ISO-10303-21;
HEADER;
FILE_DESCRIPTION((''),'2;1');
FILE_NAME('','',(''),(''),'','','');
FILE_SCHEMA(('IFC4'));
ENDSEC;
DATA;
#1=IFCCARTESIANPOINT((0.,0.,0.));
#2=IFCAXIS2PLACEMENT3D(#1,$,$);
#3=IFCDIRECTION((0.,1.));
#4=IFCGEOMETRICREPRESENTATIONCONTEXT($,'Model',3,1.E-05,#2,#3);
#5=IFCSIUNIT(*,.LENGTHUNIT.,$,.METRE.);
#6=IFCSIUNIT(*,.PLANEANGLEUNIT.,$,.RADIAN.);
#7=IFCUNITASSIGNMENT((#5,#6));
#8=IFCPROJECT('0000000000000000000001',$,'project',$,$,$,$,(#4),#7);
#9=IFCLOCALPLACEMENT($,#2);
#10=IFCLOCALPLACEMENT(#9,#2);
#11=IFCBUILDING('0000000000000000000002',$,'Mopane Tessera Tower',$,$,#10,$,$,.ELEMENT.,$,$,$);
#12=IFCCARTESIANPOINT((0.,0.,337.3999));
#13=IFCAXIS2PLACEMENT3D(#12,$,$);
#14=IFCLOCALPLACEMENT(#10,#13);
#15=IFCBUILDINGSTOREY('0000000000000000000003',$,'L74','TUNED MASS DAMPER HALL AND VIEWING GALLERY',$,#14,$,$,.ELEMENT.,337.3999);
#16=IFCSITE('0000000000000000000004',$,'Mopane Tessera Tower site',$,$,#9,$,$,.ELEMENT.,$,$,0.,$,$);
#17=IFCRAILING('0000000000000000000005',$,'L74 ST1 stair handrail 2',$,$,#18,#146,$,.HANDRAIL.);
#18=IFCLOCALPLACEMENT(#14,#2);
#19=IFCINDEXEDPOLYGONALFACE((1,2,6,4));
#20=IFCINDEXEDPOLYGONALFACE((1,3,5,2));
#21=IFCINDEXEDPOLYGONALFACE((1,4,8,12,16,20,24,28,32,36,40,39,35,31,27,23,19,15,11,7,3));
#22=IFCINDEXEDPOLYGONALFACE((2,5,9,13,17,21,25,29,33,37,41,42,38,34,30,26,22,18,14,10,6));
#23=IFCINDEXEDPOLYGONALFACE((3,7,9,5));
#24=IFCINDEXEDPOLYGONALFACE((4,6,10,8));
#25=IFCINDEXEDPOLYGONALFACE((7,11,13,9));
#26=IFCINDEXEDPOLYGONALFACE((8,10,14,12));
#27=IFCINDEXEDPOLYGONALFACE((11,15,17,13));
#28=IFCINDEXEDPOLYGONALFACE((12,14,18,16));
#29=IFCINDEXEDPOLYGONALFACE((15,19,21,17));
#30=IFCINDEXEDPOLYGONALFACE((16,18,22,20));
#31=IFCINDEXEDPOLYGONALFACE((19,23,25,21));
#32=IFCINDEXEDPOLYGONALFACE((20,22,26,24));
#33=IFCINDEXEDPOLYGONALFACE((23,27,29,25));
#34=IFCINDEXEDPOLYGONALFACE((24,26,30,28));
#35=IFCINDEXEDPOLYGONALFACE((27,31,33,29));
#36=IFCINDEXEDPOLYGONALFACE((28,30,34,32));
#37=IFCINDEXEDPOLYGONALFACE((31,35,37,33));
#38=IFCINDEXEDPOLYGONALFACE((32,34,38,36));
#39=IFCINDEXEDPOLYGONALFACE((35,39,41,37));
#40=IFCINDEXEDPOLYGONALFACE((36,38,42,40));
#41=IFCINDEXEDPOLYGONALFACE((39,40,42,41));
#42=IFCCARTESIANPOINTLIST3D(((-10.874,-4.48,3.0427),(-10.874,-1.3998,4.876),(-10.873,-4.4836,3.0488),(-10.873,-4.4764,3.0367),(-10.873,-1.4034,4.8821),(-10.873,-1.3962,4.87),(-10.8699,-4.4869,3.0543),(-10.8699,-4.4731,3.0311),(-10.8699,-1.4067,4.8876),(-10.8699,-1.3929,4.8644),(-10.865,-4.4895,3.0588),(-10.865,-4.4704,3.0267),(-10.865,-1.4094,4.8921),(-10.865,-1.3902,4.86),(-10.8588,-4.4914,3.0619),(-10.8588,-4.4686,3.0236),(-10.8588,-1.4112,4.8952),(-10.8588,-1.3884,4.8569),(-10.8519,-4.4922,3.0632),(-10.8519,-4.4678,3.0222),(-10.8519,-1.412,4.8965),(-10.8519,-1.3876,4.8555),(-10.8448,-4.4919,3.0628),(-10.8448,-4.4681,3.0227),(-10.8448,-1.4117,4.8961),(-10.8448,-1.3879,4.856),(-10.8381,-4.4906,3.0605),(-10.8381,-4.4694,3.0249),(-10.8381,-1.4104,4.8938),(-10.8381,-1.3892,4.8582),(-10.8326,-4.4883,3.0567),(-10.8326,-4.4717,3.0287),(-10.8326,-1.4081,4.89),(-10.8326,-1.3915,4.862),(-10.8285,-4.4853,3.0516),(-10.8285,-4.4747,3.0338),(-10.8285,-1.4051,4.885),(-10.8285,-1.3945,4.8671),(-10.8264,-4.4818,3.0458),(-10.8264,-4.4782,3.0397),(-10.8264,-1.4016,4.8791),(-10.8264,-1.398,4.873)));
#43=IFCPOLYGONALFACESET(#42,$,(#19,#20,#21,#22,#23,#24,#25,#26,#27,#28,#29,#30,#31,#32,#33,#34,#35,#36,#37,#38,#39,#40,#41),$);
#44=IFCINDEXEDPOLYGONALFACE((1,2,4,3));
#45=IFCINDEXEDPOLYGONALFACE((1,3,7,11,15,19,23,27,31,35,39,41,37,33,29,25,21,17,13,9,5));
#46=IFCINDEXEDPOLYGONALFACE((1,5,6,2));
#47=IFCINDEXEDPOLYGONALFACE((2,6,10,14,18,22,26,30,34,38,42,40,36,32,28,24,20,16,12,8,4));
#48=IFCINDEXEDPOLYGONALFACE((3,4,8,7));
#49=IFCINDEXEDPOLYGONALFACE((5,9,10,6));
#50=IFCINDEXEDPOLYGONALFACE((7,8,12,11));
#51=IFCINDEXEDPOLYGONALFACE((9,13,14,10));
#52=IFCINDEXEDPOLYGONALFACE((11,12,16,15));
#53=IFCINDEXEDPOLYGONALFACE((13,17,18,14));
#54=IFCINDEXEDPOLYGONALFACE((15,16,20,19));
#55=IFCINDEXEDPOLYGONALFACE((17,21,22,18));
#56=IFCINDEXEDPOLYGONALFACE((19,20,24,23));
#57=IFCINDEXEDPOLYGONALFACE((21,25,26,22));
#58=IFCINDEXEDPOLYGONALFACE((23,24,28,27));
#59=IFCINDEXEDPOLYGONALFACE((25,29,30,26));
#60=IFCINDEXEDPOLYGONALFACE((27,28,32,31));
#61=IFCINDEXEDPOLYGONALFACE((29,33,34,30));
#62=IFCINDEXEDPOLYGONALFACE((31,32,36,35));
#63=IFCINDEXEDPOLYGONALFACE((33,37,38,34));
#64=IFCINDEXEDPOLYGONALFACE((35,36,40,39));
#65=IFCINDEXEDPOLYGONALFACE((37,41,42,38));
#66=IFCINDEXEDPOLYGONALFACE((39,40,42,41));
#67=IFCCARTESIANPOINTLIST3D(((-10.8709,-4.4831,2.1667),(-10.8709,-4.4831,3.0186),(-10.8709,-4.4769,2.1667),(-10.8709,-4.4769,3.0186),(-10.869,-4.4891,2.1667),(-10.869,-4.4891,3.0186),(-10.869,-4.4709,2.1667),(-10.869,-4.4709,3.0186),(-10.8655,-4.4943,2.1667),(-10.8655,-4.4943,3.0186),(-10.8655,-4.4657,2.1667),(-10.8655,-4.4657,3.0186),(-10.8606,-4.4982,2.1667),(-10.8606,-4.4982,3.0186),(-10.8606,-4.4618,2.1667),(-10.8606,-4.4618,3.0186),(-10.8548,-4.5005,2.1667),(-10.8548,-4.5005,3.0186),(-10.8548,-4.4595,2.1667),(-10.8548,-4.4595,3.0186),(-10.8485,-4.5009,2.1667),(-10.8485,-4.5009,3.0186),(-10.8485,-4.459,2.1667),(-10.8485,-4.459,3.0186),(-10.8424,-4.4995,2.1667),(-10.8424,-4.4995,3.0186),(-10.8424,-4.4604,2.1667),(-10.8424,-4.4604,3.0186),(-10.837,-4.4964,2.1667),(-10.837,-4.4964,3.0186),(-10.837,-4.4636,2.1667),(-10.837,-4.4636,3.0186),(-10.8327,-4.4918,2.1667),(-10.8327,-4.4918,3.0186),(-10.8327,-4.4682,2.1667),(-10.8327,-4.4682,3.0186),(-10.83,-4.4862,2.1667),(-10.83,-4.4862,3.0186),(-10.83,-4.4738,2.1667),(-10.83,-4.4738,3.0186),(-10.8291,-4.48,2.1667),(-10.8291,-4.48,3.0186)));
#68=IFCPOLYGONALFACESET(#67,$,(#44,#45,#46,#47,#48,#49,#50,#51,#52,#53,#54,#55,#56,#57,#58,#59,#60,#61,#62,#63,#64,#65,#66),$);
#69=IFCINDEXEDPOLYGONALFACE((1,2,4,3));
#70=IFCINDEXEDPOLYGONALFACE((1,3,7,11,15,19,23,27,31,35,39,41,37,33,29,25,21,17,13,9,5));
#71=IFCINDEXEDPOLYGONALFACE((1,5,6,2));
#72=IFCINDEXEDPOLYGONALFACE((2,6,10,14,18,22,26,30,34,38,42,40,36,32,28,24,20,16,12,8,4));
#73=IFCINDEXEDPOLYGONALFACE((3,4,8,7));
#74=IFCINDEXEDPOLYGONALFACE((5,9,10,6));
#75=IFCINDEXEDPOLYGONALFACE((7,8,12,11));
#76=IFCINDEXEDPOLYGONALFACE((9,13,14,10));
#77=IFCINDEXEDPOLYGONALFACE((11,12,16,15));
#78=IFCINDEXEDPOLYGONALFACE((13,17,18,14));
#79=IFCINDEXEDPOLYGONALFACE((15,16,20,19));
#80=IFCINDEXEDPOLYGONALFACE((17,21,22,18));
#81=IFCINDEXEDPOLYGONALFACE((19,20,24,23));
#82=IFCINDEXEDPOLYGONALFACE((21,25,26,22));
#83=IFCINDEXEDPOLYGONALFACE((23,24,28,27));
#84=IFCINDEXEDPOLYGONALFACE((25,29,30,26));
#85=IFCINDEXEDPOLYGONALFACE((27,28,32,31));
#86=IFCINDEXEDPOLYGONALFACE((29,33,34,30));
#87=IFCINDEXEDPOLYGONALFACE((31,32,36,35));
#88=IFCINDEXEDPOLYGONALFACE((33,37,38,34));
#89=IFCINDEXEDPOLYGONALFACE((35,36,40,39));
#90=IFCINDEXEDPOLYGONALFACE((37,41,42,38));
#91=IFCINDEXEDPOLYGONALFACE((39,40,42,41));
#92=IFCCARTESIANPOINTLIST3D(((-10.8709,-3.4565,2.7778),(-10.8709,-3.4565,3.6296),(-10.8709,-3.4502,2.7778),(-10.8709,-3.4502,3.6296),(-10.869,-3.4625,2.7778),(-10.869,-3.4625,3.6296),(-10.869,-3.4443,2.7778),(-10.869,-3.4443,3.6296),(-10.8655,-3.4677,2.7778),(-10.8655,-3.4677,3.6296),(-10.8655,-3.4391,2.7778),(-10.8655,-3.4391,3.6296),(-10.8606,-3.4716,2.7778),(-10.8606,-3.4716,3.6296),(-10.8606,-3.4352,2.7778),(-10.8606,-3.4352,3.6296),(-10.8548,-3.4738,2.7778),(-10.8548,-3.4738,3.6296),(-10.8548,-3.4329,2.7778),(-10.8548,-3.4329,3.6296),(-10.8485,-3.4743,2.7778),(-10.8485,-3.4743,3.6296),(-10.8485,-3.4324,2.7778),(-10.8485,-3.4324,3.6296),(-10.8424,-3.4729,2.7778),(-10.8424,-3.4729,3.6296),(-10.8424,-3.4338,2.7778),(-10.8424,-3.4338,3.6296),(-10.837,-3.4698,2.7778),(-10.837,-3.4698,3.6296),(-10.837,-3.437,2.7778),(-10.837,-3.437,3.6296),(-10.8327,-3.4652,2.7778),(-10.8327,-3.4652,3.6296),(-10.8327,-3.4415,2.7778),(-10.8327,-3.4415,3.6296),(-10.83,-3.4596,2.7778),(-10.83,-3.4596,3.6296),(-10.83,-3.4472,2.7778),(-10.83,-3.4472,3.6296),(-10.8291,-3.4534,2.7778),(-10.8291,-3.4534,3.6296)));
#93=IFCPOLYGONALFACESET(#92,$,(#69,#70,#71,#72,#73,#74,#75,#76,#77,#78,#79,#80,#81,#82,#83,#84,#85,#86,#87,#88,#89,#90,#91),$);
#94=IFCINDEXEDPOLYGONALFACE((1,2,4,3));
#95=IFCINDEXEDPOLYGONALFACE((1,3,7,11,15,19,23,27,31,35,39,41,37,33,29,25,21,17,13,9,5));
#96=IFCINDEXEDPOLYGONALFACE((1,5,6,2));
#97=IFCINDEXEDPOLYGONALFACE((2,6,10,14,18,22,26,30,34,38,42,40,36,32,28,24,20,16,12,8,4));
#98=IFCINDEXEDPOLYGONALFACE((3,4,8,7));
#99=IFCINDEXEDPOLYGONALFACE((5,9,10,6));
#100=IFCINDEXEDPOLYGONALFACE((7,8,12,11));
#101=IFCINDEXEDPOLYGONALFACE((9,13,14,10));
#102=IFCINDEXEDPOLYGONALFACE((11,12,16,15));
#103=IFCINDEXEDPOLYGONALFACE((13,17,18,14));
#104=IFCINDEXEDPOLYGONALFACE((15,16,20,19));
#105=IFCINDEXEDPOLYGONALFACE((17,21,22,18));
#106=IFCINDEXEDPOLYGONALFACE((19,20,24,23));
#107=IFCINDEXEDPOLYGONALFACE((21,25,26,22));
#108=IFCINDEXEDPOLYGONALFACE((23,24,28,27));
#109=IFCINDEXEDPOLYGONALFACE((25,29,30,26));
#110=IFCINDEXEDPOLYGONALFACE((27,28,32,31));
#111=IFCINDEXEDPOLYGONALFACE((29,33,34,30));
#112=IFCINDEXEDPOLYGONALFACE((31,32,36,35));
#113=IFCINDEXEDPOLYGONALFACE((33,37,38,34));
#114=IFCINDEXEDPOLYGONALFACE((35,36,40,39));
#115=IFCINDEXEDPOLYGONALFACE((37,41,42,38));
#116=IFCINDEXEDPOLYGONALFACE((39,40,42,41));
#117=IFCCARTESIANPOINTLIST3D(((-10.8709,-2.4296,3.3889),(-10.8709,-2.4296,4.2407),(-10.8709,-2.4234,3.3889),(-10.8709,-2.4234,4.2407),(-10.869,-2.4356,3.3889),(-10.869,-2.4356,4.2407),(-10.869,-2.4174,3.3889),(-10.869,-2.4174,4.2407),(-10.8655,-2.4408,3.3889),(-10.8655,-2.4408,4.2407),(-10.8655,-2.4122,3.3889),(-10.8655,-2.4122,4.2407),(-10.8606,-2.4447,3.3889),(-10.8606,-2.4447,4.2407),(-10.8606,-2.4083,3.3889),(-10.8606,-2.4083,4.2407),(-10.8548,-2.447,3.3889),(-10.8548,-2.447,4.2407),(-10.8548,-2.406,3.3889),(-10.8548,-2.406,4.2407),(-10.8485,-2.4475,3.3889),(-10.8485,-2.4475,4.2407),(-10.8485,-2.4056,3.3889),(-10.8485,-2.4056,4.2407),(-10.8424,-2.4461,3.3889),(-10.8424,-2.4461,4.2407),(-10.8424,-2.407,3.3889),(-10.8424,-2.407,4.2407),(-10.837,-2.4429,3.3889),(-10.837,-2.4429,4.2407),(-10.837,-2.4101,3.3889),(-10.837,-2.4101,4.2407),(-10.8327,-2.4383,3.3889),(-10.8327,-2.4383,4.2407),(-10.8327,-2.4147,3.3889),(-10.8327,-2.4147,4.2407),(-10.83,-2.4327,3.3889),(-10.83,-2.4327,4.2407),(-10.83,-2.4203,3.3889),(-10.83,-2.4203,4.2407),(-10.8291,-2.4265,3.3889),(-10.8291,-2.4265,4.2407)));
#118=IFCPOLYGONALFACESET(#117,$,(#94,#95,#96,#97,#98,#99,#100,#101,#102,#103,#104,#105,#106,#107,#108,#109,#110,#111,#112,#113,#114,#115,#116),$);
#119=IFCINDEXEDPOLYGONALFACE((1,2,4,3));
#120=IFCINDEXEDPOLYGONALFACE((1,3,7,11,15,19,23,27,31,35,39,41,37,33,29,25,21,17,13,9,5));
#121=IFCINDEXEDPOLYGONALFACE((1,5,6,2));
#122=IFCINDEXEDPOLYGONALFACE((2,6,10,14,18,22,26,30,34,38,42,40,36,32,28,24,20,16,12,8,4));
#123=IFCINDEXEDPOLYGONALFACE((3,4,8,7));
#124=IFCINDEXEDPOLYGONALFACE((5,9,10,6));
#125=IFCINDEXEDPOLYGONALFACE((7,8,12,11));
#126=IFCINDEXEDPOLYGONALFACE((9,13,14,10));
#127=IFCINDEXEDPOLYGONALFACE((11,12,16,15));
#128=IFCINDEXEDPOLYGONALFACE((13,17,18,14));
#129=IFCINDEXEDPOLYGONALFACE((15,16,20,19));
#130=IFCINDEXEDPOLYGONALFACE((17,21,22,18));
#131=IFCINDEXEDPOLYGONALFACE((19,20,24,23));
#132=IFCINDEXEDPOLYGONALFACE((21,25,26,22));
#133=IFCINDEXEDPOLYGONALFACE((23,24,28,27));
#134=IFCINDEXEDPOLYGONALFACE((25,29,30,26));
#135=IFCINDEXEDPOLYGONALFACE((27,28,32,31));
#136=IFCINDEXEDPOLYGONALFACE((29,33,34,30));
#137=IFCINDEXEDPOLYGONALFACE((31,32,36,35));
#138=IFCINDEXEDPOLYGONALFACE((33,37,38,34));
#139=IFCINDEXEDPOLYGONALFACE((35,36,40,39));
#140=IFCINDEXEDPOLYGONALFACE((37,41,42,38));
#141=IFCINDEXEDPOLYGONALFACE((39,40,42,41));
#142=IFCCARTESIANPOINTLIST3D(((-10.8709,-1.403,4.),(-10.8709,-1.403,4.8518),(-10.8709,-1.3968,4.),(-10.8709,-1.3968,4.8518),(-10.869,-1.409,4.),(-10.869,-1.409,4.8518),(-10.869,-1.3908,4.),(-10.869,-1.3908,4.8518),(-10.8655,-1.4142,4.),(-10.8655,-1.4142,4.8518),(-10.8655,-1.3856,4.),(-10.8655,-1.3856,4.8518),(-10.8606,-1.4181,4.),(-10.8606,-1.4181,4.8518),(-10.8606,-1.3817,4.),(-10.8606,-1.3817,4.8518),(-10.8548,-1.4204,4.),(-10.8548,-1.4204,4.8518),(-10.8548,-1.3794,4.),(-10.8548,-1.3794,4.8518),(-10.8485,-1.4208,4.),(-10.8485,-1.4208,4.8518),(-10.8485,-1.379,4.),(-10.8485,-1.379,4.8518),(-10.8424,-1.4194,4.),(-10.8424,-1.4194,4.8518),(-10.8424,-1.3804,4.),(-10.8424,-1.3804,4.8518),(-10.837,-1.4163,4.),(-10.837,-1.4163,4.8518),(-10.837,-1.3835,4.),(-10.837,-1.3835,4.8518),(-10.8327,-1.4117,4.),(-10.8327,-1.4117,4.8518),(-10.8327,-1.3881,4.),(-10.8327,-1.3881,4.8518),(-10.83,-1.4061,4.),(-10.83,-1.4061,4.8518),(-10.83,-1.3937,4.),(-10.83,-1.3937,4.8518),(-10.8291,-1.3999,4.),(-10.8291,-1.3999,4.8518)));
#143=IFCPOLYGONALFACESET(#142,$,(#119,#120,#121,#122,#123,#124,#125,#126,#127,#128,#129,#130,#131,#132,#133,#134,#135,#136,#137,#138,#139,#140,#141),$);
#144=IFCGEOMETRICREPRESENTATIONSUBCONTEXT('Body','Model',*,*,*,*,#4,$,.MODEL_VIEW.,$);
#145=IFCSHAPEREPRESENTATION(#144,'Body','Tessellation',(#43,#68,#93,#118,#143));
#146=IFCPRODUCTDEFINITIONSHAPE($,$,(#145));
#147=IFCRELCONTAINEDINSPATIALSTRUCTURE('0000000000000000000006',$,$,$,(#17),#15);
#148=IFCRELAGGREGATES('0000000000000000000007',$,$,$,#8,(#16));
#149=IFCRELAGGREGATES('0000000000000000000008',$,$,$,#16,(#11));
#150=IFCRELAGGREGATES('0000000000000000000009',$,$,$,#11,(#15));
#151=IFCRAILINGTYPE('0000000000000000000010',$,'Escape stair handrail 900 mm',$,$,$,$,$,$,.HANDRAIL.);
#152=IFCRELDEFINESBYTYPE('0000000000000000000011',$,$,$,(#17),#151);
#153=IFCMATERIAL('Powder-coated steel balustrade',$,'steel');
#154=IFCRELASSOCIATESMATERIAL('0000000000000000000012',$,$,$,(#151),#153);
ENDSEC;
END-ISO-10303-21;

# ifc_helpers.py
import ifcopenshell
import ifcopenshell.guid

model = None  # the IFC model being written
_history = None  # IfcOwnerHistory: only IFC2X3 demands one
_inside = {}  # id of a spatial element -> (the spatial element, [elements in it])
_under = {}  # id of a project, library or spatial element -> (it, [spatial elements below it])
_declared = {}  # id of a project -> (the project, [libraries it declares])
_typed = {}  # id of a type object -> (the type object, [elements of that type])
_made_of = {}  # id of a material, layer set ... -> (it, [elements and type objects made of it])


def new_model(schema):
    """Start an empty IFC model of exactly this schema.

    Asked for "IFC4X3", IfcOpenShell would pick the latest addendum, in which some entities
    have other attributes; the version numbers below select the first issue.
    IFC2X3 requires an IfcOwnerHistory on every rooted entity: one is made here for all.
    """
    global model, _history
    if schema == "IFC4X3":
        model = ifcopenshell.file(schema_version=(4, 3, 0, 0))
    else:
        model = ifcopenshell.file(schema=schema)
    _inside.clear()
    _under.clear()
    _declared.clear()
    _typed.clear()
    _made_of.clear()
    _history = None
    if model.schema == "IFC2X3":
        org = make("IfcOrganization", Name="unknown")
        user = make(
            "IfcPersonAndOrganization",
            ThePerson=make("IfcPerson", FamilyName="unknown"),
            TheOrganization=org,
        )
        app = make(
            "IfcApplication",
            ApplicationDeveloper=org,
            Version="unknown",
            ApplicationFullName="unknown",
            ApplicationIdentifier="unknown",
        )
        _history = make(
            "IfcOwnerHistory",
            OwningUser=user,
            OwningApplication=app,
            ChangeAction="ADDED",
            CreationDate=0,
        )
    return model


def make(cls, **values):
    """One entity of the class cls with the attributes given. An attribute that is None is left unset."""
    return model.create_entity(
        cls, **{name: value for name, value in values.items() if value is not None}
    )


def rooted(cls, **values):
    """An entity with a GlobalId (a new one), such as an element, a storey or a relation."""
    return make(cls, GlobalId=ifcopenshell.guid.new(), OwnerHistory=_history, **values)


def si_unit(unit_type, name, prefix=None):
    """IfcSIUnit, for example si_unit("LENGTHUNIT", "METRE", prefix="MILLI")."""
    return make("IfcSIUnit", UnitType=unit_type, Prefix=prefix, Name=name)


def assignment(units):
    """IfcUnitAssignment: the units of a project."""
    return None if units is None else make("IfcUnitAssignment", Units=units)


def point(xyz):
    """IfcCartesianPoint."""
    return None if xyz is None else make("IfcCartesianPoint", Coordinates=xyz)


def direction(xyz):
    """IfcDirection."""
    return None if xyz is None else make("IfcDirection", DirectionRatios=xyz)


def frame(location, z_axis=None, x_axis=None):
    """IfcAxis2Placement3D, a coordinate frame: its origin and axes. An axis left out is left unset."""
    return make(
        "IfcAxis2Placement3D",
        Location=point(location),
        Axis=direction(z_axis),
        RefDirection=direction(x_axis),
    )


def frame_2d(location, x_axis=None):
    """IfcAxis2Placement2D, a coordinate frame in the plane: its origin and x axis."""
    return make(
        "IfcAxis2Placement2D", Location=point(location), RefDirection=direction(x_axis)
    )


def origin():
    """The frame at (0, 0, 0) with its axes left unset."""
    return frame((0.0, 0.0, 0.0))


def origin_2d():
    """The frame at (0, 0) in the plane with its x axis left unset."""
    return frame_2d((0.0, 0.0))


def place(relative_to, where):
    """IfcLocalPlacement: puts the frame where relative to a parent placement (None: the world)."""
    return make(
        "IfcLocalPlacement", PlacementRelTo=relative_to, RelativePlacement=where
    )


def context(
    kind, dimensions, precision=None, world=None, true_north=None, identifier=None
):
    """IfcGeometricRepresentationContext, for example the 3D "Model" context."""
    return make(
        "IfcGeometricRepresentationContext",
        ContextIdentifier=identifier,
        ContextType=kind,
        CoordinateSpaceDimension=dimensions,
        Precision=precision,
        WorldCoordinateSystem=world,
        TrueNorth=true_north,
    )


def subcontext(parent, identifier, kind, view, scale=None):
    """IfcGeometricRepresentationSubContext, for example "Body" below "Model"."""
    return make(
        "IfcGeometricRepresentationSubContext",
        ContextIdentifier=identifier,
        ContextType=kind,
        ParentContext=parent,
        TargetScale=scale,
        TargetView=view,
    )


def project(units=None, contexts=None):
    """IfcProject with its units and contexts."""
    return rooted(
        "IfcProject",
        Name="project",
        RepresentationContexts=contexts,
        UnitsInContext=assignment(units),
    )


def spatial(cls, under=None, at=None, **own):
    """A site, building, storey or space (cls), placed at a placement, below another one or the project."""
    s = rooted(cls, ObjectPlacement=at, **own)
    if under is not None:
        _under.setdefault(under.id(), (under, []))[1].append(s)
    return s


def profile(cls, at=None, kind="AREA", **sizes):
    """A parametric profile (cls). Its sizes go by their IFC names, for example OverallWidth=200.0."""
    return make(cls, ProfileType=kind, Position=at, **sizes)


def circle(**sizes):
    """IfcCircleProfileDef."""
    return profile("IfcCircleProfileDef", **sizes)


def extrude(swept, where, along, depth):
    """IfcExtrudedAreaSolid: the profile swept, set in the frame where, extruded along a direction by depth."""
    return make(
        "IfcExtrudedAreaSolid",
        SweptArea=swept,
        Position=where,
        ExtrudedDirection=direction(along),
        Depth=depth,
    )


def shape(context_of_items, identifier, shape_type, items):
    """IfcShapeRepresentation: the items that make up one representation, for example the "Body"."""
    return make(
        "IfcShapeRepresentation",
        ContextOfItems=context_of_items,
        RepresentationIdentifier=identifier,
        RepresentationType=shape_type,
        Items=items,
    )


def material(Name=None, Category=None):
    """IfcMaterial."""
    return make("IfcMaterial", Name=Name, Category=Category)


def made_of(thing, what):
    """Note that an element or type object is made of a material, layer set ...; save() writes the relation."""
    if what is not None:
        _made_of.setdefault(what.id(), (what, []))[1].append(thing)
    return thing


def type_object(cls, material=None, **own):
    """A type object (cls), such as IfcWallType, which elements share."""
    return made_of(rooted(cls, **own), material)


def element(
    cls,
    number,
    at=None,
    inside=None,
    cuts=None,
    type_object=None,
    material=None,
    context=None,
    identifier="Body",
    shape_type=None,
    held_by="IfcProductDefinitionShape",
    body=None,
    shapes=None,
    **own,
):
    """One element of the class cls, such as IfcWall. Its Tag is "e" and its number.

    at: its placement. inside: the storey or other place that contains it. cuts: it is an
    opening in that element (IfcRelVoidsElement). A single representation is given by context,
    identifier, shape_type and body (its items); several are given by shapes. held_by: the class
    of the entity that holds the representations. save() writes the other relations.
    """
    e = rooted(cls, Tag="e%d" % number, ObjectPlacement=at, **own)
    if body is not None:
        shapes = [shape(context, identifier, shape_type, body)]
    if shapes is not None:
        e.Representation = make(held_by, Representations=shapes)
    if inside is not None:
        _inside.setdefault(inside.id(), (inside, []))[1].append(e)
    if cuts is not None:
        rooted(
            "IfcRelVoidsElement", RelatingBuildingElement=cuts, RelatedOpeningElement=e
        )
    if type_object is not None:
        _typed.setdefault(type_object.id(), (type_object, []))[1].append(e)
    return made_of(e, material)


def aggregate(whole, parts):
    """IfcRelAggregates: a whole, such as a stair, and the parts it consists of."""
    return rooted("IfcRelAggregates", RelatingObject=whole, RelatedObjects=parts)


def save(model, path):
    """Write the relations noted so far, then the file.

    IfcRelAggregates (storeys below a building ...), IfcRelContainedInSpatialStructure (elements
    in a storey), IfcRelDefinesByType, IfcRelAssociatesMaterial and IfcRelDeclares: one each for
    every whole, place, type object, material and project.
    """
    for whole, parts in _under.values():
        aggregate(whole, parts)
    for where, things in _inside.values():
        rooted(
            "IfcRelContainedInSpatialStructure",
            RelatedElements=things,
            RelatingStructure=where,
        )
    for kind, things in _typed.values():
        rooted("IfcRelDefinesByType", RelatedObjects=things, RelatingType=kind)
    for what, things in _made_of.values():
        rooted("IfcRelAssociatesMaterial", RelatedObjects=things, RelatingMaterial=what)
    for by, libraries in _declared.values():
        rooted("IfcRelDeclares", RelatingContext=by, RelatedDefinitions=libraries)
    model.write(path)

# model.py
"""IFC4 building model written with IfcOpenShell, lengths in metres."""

from ifc_helpers import new_model, si_unit, direction, frame, origin, origin_2d, place, context, subcontext, project, spatial, circle, extrude, material, type_object, element, save


model = new_model("IFC4")

# Units and contexts
model_context = context("Model", 3, precision=1e-05, world=origin(), true_north=direction((0.0, 1.0)))
body_context = subcontext(model_context, "Body", "Model", "MODEL_VIEW")
ifc_project = project(units=[si_unit("LENGTHUNIT", "METRE"), si_unit("PLANEANGLEUNIT", "RADIAN")], contexts=[model_context])

# Site, building, storey
site_placement = place(None, origin())
site = spatial("IfcSite", under=ifc_project, at=site_placement, Name="Mopane Tessera Tower site", CompositionType="ELEMENT", RefElevation=0.0)
building_placement = place(site_placement, origin())
building = spatial("IfcBuilding", under=site, at=building_placement, Name="Mopane Tessera Tower", CompositionType="ELEMENT")
storey_placement = place(building_placement, frame((0.0, 0.0, 337.3999)))
storey = spatial("IfcBuildingStorey", under=building, at=storey_placement, Name="L74", Description="TUNED MASS DAMPER HALL AND VIEWING GALLERY", CompositionType="ELEMENT", Elevation=337.3999)

# Railing
ifc_material_1 = material(Name="Powder-coated steel balustrade", Category="steel")
railing_type = type_object("IfcRailingType", Name="Escape stair handrail 900 mm", PredefinedType="HANDRAIL", material=ifc_material_1)
for number, where, name in (
    (1, (-10.8501, -4.48, 2.1667), "L74 ST1 stair handrail 2"),
):
    element("IfcRailing", number, at=place(storey_placement, frame(where)), inside=storey, type_object=railing_type, Name=name, PredefinedType="HANDRAIL", context=body_context, shape_type="SweptSolid", body=[
        extrude(circle(Radius=0.0239, at=origin_2d()), frame((0.0, 0.0, 0.876), z_axis=(0.0, 0.859309, 0.511458), x_axis=(-1.0, 0.0, 0.0)), (0.0, 0.0, 1.0), 3.5845),
        extrude(circle(Radius=0.021, at=origin_2d()), origin(), (0.0, 0.0, 1.0), 0.8518),
        extrude(circle(Radius=0.021, at=origin_2d()), frame((0.0, 1.0266, 0.6111)), (0.0, 0.0, 1.0), 0.8518),
        extrude(circle(Radius=0.021, at=origin_2d()), frame((0.0, 2.0535, 1.2222)), (0.0, 0.0, 1.0), 0.8518),
        extrude(circle(Radius=0.021, at=origin_2d()), frame((0.0, 3.0801, 1.8333)), (0.0, 0.0, 1.0), 0.8518),
    ])

save(model, "model.ifc")
